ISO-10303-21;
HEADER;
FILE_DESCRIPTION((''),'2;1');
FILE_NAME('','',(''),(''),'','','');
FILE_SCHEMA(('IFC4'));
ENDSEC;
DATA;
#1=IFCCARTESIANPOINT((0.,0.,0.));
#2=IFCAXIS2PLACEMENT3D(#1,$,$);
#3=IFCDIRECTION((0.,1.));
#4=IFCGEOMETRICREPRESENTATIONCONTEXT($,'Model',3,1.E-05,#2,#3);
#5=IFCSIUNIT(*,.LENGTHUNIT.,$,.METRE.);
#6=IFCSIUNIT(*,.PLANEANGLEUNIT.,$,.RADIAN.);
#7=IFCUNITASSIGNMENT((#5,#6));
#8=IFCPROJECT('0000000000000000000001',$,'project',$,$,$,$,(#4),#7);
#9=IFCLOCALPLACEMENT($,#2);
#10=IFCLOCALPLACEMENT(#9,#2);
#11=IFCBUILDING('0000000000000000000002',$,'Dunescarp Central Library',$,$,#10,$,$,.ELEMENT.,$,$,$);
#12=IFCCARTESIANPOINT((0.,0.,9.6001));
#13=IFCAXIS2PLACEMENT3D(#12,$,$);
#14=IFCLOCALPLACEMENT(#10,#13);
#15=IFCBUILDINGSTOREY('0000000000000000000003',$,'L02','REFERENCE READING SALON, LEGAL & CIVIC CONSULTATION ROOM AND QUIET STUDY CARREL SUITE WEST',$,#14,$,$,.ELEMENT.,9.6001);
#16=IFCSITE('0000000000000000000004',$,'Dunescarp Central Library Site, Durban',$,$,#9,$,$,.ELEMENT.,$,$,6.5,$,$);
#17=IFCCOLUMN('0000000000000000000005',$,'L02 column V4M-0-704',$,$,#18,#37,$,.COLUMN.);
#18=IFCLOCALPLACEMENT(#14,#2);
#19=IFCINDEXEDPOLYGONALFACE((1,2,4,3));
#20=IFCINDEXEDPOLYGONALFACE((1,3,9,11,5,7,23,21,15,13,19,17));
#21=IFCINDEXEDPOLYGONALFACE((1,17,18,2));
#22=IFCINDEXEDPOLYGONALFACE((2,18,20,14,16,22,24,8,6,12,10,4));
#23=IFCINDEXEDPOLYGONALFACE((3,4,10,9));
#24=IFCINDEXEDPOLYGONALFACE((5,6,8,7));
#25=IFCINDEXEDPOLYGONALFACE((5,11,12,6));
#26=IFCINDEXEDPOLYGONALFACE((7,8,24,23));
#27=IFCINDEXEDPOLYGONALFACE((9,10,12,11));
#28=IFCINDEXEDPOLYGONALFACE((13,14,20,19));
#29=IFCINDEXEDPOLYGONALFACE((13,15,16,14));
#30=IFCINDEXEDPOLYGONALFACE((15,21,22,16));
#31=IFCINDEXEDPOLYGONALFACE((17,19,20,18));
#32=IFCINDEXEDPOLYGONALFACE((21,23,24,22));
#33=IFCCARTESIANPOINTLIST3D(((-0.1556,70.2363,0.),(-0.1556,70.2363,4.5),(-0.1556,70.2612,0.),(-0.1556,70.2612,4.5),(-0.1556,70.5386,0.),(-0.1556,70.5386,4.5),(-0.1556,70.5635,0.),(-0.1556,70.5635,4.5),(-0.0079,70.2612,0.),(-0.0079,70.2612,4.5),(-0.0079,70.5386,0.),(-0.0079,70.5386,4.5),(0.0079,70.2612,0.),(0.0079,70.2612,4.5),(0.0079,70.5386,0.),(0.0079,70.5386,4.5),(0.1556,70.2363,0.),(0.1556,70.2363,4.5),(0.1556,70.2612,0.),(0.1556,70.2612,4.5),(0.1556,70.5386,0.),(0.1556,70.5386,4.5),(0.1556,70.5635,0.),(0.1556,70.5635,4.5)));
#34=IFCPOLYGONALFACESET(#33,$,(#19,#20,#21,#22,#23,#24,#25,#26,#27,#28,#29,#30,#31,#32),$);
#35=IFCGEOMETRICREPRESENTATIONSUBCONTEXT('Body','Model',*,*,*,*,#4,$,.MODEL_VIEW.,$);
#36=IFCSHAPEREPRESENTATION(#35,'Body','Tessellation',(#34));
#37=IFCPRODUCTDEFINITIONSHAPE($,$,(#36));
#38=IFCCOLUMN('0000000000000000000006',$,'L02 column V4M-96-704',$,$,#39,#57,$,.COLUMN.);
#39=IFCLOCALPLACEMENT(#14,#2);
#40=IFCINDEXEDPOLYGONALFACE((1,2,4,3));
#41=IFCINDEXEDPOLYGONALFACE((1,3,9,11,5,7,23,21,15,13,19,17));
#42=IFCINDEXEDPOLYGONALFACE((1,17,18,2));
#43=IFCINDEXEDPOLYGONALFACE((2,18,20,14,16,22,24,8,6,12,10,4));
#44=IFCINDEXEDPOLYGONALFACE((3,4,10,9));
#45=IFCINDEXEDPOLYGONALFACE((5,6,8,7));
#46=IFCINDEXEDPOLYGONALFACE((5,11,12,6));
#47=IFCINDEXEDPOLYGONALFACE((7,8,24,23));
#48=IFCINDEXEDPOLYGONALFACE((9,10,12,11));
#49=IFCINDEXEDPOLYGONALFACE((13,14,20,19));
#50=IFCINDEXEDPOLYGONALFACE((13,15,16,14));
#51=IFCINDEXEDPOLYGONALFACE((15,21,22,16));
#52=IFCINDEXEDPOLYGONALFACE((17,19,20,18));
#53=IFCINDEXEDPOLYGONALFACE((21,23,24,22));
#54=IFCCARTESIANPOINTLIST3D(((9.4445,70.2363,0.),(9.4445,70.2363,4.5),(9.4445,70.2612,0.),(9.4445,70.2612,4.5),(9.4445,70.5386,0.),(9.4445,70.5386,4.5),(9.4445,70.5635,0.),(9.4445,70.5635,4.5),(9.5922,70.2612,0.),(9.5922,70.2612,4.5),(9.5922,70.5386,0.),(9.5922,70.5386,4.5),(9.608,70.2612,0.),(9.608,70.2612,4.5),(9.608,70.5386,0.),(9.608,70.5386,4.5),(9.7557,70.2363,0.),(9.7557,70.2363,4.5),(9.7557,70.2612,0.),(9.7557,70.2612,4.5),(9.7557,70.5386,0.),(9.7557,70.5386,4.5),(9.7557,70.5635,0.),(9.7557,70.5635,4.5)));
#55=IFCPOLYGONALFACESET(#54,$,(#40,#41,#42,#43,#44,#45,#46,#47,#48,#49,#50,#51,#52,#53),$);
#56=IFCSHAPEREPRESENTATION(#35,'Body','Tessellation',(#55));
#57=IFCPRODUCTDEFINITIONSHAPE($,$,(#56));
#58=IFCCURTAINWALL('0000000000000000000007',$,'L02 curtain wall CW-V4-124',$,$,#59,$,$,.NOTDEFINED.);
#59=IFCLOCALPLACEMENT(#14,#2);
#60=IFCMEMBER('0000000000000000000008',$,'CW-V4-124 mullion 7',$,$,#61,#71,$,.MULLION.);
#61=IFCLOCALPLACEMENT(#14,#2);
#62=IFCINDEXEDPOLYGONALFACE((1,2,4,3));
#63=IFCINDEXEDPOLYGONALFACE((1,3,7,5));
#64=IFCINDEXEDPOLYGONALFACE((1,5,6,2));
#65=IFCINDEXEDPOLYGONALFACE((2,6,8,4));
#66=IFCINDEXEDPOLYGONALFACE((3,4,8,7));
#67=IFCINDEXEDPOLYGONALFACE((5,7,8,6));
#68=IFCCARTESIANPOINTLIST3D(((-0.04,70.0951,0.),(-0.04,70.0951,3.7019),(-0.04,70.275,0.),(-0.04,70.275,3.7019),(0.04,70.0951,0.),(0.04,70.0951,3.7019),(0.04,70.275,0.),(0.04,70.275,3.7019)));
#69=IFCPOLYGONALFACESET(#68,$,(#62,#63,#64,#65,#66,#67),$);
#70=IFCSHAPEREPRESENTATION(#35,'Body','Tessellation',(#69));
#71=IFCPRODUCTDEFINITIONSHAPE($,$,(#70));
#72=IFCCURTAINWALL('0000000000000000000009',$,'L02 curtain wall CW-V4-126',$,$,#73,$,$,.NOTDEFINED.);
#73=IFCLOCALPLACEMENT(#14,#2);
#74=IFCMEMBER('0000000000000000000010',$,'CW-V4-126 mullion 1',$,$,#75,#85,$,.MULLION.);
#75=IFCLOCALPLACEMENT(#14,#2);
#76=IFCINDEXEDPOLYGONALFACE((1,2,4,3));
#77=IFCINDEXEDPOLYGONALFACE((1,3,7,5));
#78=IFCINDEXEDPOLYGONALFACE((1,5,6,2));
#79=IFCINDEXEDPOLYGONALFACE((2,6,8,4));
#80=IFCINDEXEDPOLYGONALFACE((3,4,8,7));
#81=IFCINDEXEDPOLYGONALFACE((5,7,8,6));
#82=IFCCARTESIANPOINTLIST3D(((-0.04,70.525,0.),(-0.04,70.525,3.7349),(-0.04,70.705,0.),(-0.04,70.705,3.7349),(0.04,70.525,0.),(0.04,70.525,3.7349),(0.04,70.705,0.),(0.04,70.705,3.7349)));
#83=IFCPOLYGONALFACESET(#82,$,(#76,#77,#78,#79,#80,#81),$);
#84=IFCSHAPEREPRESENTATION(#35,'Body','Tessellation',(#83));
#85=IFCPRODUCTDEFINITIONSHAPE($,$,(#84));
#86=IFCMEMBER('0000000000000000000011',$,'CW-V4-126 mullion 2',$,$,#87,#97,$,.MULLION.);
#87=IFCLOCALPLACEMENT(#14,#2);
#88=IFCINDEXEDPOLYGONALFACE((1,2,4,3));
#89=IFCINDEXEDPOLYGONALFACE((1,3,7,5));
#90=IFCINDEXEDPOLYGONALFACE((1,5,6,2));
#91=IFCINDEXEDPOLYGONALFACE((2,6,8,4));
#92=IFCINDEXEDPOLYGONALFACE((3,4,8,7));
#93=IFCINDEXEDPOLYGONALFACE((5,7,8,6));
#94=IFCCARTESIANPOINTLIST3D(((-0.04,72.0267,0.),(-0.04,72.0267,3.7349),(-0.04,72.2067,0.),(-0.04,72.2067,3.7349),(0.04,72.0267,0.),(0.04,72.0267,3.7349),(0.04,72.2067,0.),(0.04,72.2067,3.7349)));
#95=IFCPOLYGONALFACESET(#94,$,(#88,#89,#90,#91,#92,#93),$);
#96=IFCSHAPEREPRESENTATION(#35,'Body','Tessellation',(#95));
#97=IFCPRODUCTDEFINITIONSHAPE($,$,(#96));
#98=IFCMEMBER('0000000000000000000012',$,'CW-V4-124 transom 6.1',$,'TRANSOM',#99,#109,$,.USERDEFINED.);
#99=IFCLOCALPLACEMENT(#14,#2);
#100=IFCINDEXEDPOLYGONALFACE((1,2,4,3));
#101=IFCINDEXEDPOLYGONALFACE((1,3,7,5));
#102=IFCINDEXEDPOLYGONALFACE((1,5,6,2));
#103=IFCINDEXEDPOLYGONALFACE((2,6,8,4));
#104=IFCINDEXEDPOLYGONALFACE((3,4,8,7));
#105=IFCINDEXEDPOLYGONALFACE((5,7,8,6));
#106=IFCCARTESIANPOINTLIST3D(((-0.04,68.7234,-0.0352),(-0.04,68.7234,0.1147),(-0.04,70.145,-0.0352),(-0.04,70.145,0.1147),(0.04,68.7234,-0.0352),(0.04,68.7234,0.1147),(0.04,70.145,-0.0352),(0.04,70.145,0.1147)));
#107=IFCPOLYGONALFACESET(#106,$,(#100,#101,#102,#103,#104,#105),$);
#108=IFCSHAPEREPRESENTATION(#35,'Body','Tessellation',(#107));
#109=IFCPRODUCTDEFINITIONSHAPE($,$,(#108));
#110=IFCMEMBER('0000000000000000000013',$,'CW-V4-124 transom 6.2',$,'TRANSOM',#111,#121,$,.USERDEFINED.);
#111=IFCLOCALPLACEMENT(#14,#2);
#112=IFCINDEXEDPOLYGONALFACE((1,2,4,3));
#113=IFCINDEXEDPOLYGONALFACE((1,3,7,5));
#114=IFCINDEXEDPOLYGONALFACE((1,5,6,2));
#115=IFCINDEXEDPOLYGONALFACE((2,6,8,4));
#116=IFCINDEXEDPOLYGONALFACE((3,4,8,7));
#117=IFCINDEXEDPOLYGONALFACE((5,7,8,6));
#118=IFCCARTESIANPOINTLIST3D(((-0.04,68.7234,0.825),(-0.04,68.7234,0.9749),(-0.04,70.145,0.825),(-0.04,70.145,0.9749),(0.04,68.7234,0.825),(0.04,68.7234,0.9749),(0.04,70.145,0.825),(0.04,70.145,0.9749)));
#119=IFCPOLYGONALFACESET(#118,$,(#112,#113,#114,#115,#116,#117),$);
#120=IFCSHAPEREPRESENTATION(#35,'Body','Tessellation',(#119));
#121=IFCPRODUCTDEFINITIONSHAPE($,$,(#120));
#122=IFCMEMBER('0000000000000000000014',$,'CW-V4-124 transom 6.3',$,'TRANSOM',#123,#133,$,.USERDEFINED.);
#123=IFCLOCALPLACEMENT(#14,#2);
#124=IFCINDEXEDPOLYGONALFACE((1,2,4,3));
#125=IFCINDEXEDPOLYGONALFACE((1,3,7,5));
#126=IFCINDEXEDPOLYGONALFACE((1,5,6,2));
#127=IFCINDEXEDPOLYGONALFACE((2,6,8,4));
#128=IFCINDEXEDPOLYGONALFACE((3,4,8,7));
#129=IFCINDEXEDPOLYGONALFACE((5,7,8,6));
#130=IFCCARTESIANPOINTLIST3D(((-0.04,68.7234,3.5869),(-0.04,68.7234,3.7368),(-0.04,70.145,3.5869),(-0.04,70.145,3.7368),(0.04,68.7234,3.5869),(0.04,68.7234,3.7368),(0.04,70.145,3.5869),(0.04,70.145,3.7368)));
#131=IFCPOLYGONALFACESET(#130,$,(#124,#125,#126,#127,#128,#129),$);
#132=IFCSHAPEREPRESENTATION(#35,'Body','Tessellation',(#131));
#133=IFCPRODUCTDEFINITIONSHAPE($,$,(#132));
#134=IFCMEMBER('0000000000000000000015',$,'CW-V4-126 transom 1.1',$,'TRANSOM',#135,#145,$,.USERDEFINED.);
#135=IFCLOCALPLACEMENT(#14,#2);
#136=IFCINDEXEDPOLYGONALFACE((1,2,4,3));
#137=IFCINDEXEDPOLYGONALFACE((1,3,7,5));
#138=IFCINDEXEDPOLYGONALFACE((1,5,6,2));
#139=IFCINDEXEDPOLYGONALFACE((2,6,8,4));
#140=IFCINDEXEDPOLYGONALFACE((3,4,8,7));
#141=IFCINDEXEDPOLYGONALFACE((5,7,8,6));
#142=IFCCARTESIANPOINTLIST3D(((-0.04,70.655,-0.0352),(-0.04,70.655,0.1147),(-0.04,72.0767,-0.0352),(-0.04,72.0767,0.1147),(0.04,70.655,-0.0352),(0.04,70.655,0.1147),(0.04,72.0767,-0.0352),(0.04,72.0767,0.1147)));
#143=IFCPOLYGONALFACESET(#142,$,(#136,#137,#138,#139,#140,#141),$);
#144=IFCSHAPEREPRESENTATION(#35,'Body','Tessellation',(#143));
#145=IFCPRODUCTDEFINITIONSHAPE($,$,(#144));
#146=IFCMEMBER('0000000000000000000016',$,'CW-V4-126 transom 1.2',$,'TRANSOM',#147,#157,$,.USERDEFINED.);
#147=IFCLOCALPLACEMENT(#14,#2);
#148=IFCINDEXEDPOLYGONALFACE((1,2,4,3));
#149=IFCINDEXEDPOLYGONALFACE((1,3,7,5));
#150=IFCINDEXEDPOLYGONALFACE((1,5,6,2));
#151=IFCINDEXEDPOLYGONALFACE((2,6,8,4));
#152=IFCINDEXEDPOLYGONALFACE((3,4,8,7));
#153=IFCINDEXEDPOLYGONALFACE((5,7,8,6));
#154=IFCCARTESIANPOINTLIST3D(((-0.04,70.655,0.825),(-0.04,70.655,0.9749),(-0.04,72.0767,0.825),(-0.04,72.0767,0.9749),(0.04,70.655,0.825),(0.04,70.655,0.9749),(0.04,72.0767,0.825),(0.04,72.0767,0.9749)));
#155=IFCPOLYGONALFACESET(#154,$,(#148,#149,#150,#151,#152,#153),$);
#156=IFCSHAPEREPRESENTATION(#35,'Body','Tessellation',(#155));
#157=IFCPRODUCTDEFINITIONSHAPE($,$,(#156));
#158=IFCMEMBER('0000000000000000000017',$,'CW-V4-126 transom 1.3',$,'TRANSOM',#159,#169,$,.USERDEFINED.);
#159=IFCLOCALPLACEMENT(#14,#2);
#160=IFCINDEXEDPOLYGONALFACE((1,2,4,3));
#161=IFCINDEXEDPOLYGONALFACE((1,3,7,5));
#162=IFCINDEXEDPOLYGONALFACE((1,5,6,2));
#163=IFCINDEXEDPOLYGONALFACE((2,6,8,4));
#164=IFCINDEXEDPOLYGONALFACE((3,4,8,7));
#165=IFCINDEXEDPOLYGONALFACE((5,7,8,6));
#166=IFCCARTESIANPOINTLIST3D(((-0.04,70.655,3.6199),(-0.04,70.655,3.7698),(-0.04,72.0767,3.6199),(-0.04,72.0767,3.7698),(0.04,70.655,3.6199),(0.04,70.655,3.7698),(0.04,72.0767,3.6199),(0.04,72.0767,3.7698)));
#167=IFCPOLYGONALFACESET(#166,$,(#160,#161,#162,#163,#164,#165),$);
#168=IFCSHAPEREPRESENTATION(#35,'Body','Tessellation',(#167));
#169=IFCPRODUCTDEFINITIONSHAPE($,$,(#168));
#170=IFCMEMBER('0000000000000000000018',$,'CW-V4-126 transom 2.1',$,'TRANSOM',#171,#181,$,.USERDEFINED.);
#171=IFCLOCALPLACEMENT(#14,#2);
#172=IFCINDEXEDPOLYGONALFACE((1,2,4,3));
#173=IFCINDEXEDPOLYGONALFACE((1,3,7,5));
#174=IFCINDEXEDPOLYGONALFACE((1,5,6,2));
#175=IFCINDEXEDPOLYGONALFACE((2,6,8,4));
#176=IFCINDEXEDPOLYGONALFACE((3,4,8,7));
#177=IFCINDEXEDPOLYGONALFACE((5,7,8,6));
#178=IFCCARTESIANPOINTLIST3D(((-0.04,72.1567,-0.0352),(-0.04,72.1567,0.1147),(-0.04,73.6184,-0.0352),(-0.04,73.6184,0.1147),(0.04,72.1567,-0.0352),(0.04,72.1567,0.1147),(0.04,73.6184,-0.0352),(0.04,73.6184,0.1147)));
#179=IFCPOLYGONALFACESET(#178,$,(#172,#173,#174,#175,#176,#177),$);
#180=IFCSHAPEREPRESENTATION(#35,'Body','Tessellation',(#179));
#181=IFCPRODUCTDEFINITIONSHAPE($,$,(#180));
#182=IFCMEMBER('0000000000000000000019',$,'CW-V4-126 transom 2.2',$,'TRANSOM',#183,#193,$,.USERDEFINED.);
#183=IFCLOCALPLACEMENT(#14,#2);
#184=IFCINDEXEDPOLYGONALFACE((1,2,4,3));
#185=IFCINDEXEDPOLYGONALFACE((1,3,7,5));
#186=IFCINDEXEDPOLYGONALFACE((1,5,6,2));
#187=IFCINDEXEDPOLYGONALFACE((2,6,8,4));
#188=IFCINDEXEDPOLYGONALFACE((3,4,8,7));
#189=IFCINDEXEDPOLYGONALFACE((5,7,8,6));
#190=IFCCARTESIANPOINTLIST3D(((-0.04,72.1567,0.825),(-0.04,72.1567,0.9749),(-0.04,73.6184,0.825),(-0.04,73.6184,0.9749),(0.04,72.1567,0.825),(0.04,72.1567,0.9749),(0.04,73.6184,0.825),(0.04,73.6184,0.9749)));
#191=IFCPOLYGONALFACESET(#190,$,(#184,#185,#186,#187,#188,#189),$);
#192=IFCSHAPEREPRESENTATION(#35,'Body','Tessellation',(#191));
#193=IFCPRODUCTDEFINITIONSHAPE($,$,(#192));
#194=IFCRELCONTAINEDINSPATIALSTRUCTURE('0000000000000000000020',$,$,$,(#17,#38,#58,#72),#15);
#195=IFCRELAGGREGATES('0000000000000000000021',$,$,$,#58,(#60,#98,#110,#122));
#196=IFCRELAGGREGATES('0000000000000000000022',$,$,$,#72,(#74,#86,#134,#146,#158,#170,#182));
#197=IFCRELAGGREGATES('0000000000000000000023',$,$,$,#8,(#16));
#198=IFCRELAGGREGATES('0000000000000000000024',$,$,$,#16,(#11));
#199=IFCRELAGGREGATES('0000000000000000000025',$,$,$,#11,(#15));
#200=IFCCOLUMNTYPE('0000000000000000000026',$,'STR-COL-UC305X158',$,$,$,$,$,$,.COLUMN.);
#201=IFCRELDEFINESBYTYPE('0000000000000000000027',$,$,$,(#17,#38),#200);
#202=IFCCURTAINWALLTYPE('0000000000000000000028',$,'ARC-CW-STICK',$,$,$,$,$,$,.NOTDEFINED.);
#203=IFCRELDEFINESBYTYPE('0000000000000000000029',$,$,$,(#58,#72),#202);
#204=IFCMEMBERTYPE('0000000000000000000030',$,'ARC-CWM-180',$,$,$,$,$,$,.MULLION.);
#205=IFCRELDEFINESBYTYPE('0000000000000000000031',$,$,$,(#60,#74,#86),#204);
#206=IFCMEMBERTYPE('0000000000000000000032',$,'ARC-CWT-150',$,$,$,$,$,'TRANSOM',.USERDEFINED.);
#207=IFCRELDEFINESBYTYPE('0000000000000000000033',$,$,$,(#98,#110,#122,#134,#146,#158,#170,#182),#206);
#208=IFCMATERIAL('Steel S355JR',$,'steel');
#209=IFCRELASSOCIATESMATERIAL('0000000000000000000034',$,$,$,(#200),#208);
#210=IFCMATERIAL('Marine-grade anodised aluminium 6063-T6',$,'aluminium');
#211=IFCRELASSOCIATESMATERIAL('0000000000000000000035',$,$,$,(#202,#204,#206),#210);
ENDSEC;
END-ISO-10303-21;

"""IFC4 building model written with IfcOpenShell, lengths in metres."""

from ifc_helpers import new_model, si_unit, direction, frame, origin, origin_2d, place, context, subcontext, project, spatial, rectangle, i_section, extrude, material, material_profile, profile_set, type_object, element, aggregate, save


model = new_model("IFC4")

# Units and contexts
model_context = context("Model", 3, precision=1e-05, world=origin(), true_north=direction((0.0, 1.0)))
body_context = subcontext(model_context, "Body", "Model", "MODEL_VIEW")
ifc_project = project(units=[si_unit("LENGTHUNIT", "METRE"), si_unit("PLANEANGLEUNIT", "RADIAN")], contexts=[model_context])

# Site, building, storey
site_placement = place(None, origin())
site = spatial("IfcSite", under=ifc_project, at=site_placement, Name="Dunescarp Central Library Site, Durban", CompositionType="ELEMENT", RefElevation=6.5)
building_placement = place(site_placement, origin())
building = spatial("IfcBuilding", under=site, at=building_placement, Name="Dunescarp Central Library", CompositionType="ELEMENT")
storey_placement = place(building_placement, frame((0.0, 0.0, 9.6001)))
storey = spatial("IfcBuildingStorey", under=building, at=storey_placement, Name="L02", Description="REFERENCE READING SALON, LEGAL & CIVIC CONSULTATION ROOM AND QUIET STUDY CARREL SUITE WEST", CompositionType="ELEMENT", Elevation=9.6001)

# Columns
ifc_material_1 = material(Name="Steel S355JR", Category="steel")
ifc_material_profile_1 = material_profile(ifc_material_1, i_section(OverallWidth=0.3113, OverallDepth=0.3271, WebThickness=0.0159, FlangeThickness=0.0249, at=origin_2d()), Name="UC 305x305x158")
ifc_profile_set_1 = profile_set([ifc_material_profile_1], Name="Steel S355JR")
column_type = type_object("IfcColumnType", Name="STR-COL-UC305X158", PredefinedType="COLUMN", material=ifc_profile_set_1)
for number, where, z_axis, x_axis, name in (
    (1, (0.0, 70.3999, 0.0), (0.0, 0.0, 1.0), (1.0, 0.0, 0.0), "L02 column V4M-0-704"),
    (2, (9.6001, 70.3999, 0.0), (0.0, 0.0, 1.0), (1.0, 0.0, 0.0), "L02 column V4M-96-704"),
):
    element("IfcColumn", number, at=place(storey_placement, frame(where, z_axis=z_axis, x_axis=x_axis)), inside=storey, type_object=column_type, Name=name, PredefinedType="COLUMN", context=body_context, shape_type="SweptSolid", body=[
        extrude(i_section(OverallWidth=0.3113, OverallDepth=0.3271, WebThickness=0.0159, FlangeThickness=0.0249, at=origin_2d()), origin(), (0.0, 0.0, 1.0), 4.5),
    ])

# Curtain wall, member
ifc_material_2 = material(Name="Marine-grade anodised aluminium 6063-T6", Category="aluminium")
curtain_wall_type = type_object("IfcCurtainWallType", Name="ARC-CW-STICK", PredefinedType="NOTDEFINED", material=ifc_material_2)
curtain_wall_1_placement = place(storey_placement, origin())
curtain_wall_1 = element("IfcCurtainWall", 3, at=curtain_wall_1_placement, inside=storey, type_object=curtain_wall_type, Name="L02 curtain wall CW-V4-124", PredefinedType="NOTDEFINED")
ifc_material_profile_2 = material_profile(ifc_material_2, rectangle(XDim=0.0801, YDim=0.1799, at=origin_2d()), Name="AL 80x180")
ifc_profile_set_2 = profile_set([ifc_material_profile_2], Name="Marine-grade anodised aluminium 6063-T6")
member_type_1 = type_object("IfcMemberType", Name="ARC-CWM-180", PredefinedType="MULLION", material=ifc_profile_set_2)
member_1_placement = place(storey_placement, frame((0.0, 70.1851, 0.0), z_axis=(0.0, 0.0, 1.0), x_axis=(-1.0, 0.0, 0.0)))
member_1 = element("IfcMember", 4, at=member_1_placement, type_object=member_type_1, Name="CW-V4-124 mullion 7", PredefinedType="MULLION", context=body_context, shape_type="SweptSolid", body=[
    extrude(rectangle(XDim=0.0801, YDim=0.1799, at=origin_2d()), origin(), (0.0, 0.0, 1.0), 3.7019),
])

# Curtain wall, members
curtain_wall_2_placement = place(storey_placement, origin())
curtain_wall_2 = element("IfcCurtainWall", 5, at=curtain_wall_2_placement, inside=storey, type_object=curtain_wall_type, Name="L02 curtain wall CW-V4-126", PredefinedType="NOTDEFINED")
member_2_placement = place(storey_placement, frame((0.0, 70.615, 0.0), z_axis=(0.0, 0.0, 1.0), x_axis=(-1.0, 0.0, 0.0)))
member_2 = element("IfcMember", 6, at=member_2_placement, type_object=member_type_1, Name="CW-V4-126 mullion 1", PredefinedType="MULLION", context=body_context, shape_type="SweptSolid", body=[
    extrude(rectangle(XDim=0.0801, YDim=0.1799, at=origin_2d()), origin(), (0.0, 0.0, 1.0), 3.7349),
])
member_3_placement = place(storey_placement, frame((0.0, 72.1167, 0.0), z_axis=(0.0, 0.0, 1.0), x_axis=(-1.0, 0.0, 0.0)))
member_3 = element("IfcMember", 7, at=member_3_placement, type_object=member_type_1, Name="CW-V4-126 mullion 2", PredefinedType="MULLION", context=body_context, shape_type="SweptSolid", body=[
    extrude(rectangle(XDim=0.0801, YDim=0.1799, at=origin_2d()), origin(), (0.0, 0.0, 1.0), 3.7349),
])

# Members
ifc_material_profile_3 = material_profile(ifc_material_2, rectangle(XDim=0.0801, YDim=0.1499, at=origin_2d()), Name="AL 80x150")
ifc_profile_set_3 = profile_set([ifc_material_profile_3], Name="Marine-grade anodised aluminium 6063-T6")
member_type_2 = type_object("IfcMemberType", Name="ARC-CWT-150", ElementType="TRANSOM", PredefinedType="USERDEFINED", material=ifc_profile_set_3)
member_4_placement = place(storey_placement, frame((0.0, 68.7234, 0.0398), z_axis=(0.0, 1.0, 0.0), x_axis=(-1.0, 0.0, 0.0)))
member_4 = element("IfcMember", 8, at=member_4_placement, type_object=member_type_2, Name="CW-V4-124 transom 6.1", ObjectType="TRANSOM", PredefinedType="USERDEFINED", context=body_context, shape_type="SweptSolid", body=[
    extrude(rectangle(XDim=0.0801, YDim=0.1499, at=origin_2d()), origin(), (0.0, 0.0, 1.0), 1.4216),
])
member_5_placement = place(storey_placement, frame((0.0, 68.7234, 0.8999), z_axis=(0.0, 1.0, 0.0), x_axis=(-1.0, 0.0, 0.0)))
member_5 = element("IfcMember", 9, at=member_5_placement, type_object=member_type_2, Name="CW-V4-124 transom 6.2", ObjectType="TRANSOM", PredefinedType="USERDEFINED", context=body_context, shape_type="SweptSolid", body=[
    extrude(rectangle(XDim=0.0801, YDim=0.1499, at=origin_2d()), origin(), (0.0, 0.0, 1.0), 1.4216),
])
member_6_placement = place(storey_placement, frame((0.0, 68.7234, 3.6619), z_axis=(0.0, 1.0, 0.0), x_axis=(-1.0, 0.0, 0.0)))
member_6 = element("IfcMember", 10, at=member_6_placement, type_object=member_type_2, Name="CW-V4-124 transom 6.3", ObjectType="TRANSOM", PredefinedType="USERDEFINED", context=body_context, shape_type="SweptSolid", body=[
    extrude(rectangle(XDim=0.0801, YDim=0.1499, at=origin_2d()), origin(), (0.0, 0.0, 1.0), 1.4216),
])
member_7_placement = place(storey_placement, frame((0.0, 70.655, 0.0398), z_axis=(0.0, 1.0, 0.0), x_axis=(-1.0, 0.0, 0.0)))
member_7 = element("IfcMember", 11, at=member_7_placement, type_object=member_type_2, Name="CW-V4-126 transom 1.1", ObjectType="TRANSOM", PredefinedType="USERDEFINED", context=body_context, shape_type="SweptSolid", body=[
    extrude(rectangle(XDim=0.0801, YDim=0.1499, at=origin_2d()), origin(), (0.0, 0.0, 1.0), 1.4216),
])
member_8_placement = place(storey_placement, frame((0.0, 70.655, 0.8999), z_axis=(0.0, 1.0, 0.0), x_axis=(-1.0, 0.0, 0.0)))
member_8 = element("IfcMember", 12, at=member_8_placement, type_object=member_type_2, Name="CW-V4-126 transom 1.2", ObjectType="TRANSOM", PredefinedType="USERDEFINED", context=body_context, shape_type="SweptSolid", body=[
    extrude(rectangle(XDim=0.0801, YDim=0.1499, at=origin_2d()), origin(), (0.0, 0.0, 1.0), 1.4216),
])
member_9_placement = place(storey_placement, frame((0.0, 70.655, 3.6948), z_axis=(0.0, 1.0, 0.0), x_axis=(-1.0, 0.0, 0.0)))
member_9 = element("IfcMember", 13, at=member_9_placement, type_object=member_type_2, Name="CW-V4-126 transom 1.3", ObjectType="TRANSOM", PredefinedType="USERDEFINED", context=body_context, shape_type="SweptSolid", body=[
    extrude(rectangle(XDim=0.0801, YDim=0.1499, at=origin_2d()), origin(), (0.0, 0.0, 1.0), 1.4216),
])
member_10_placement = place(storey_placement, frame((0.0, 72.1567, 0.0398), z_axis=(0.0, 1.0, 0.0), x_axis=(-1.0, 0.0, 0.0)))
member_10 = element("IfcMember", 14, at=member_10_placement, type_object=member_type_2, Name="CW-V4-126 transom 2.1", ObjectType="TRANSOM", PredefinedType="USERDEFINED", context=body_context, shape_type="SweptSolid", body=[
    extrude(rectangle(XDim=0.0801, YDim=0.1499, at=origin_2d()), origin(), (0.0, 0.0, 1.0), 1.4617),
])
member_11_placement = place(storey_placement, frame((0.0, 72.1567, 0.8999), z_axis=(0.0, 1.0, 0.0), x_axis=(-1.0, 0.0, 0.0)))
member_11 = element("IfcMember", 15, at=member_11_placement, type_object=member_type_2, Name="CW-V4-126 transom 2.2", ObjectType="TRANSOM", PredefinedType="USERDEFINED", context=body_context, shape_type="SweptSolid", body=[
    extrude(rectangle(XDim=0.0801, YDim=0.1499, at=origin_2d()), origin(), (0.0, 0.0, 1.0), 1.4617),
])

aggregate(curtain_wall_1, [member_1, member_4, member_5, member_6])
aggregate(curtain_wall_2, [member_2, member_3, member_7, member_8, member_9, member_10, member_11])

save(model, "model.ifc")
